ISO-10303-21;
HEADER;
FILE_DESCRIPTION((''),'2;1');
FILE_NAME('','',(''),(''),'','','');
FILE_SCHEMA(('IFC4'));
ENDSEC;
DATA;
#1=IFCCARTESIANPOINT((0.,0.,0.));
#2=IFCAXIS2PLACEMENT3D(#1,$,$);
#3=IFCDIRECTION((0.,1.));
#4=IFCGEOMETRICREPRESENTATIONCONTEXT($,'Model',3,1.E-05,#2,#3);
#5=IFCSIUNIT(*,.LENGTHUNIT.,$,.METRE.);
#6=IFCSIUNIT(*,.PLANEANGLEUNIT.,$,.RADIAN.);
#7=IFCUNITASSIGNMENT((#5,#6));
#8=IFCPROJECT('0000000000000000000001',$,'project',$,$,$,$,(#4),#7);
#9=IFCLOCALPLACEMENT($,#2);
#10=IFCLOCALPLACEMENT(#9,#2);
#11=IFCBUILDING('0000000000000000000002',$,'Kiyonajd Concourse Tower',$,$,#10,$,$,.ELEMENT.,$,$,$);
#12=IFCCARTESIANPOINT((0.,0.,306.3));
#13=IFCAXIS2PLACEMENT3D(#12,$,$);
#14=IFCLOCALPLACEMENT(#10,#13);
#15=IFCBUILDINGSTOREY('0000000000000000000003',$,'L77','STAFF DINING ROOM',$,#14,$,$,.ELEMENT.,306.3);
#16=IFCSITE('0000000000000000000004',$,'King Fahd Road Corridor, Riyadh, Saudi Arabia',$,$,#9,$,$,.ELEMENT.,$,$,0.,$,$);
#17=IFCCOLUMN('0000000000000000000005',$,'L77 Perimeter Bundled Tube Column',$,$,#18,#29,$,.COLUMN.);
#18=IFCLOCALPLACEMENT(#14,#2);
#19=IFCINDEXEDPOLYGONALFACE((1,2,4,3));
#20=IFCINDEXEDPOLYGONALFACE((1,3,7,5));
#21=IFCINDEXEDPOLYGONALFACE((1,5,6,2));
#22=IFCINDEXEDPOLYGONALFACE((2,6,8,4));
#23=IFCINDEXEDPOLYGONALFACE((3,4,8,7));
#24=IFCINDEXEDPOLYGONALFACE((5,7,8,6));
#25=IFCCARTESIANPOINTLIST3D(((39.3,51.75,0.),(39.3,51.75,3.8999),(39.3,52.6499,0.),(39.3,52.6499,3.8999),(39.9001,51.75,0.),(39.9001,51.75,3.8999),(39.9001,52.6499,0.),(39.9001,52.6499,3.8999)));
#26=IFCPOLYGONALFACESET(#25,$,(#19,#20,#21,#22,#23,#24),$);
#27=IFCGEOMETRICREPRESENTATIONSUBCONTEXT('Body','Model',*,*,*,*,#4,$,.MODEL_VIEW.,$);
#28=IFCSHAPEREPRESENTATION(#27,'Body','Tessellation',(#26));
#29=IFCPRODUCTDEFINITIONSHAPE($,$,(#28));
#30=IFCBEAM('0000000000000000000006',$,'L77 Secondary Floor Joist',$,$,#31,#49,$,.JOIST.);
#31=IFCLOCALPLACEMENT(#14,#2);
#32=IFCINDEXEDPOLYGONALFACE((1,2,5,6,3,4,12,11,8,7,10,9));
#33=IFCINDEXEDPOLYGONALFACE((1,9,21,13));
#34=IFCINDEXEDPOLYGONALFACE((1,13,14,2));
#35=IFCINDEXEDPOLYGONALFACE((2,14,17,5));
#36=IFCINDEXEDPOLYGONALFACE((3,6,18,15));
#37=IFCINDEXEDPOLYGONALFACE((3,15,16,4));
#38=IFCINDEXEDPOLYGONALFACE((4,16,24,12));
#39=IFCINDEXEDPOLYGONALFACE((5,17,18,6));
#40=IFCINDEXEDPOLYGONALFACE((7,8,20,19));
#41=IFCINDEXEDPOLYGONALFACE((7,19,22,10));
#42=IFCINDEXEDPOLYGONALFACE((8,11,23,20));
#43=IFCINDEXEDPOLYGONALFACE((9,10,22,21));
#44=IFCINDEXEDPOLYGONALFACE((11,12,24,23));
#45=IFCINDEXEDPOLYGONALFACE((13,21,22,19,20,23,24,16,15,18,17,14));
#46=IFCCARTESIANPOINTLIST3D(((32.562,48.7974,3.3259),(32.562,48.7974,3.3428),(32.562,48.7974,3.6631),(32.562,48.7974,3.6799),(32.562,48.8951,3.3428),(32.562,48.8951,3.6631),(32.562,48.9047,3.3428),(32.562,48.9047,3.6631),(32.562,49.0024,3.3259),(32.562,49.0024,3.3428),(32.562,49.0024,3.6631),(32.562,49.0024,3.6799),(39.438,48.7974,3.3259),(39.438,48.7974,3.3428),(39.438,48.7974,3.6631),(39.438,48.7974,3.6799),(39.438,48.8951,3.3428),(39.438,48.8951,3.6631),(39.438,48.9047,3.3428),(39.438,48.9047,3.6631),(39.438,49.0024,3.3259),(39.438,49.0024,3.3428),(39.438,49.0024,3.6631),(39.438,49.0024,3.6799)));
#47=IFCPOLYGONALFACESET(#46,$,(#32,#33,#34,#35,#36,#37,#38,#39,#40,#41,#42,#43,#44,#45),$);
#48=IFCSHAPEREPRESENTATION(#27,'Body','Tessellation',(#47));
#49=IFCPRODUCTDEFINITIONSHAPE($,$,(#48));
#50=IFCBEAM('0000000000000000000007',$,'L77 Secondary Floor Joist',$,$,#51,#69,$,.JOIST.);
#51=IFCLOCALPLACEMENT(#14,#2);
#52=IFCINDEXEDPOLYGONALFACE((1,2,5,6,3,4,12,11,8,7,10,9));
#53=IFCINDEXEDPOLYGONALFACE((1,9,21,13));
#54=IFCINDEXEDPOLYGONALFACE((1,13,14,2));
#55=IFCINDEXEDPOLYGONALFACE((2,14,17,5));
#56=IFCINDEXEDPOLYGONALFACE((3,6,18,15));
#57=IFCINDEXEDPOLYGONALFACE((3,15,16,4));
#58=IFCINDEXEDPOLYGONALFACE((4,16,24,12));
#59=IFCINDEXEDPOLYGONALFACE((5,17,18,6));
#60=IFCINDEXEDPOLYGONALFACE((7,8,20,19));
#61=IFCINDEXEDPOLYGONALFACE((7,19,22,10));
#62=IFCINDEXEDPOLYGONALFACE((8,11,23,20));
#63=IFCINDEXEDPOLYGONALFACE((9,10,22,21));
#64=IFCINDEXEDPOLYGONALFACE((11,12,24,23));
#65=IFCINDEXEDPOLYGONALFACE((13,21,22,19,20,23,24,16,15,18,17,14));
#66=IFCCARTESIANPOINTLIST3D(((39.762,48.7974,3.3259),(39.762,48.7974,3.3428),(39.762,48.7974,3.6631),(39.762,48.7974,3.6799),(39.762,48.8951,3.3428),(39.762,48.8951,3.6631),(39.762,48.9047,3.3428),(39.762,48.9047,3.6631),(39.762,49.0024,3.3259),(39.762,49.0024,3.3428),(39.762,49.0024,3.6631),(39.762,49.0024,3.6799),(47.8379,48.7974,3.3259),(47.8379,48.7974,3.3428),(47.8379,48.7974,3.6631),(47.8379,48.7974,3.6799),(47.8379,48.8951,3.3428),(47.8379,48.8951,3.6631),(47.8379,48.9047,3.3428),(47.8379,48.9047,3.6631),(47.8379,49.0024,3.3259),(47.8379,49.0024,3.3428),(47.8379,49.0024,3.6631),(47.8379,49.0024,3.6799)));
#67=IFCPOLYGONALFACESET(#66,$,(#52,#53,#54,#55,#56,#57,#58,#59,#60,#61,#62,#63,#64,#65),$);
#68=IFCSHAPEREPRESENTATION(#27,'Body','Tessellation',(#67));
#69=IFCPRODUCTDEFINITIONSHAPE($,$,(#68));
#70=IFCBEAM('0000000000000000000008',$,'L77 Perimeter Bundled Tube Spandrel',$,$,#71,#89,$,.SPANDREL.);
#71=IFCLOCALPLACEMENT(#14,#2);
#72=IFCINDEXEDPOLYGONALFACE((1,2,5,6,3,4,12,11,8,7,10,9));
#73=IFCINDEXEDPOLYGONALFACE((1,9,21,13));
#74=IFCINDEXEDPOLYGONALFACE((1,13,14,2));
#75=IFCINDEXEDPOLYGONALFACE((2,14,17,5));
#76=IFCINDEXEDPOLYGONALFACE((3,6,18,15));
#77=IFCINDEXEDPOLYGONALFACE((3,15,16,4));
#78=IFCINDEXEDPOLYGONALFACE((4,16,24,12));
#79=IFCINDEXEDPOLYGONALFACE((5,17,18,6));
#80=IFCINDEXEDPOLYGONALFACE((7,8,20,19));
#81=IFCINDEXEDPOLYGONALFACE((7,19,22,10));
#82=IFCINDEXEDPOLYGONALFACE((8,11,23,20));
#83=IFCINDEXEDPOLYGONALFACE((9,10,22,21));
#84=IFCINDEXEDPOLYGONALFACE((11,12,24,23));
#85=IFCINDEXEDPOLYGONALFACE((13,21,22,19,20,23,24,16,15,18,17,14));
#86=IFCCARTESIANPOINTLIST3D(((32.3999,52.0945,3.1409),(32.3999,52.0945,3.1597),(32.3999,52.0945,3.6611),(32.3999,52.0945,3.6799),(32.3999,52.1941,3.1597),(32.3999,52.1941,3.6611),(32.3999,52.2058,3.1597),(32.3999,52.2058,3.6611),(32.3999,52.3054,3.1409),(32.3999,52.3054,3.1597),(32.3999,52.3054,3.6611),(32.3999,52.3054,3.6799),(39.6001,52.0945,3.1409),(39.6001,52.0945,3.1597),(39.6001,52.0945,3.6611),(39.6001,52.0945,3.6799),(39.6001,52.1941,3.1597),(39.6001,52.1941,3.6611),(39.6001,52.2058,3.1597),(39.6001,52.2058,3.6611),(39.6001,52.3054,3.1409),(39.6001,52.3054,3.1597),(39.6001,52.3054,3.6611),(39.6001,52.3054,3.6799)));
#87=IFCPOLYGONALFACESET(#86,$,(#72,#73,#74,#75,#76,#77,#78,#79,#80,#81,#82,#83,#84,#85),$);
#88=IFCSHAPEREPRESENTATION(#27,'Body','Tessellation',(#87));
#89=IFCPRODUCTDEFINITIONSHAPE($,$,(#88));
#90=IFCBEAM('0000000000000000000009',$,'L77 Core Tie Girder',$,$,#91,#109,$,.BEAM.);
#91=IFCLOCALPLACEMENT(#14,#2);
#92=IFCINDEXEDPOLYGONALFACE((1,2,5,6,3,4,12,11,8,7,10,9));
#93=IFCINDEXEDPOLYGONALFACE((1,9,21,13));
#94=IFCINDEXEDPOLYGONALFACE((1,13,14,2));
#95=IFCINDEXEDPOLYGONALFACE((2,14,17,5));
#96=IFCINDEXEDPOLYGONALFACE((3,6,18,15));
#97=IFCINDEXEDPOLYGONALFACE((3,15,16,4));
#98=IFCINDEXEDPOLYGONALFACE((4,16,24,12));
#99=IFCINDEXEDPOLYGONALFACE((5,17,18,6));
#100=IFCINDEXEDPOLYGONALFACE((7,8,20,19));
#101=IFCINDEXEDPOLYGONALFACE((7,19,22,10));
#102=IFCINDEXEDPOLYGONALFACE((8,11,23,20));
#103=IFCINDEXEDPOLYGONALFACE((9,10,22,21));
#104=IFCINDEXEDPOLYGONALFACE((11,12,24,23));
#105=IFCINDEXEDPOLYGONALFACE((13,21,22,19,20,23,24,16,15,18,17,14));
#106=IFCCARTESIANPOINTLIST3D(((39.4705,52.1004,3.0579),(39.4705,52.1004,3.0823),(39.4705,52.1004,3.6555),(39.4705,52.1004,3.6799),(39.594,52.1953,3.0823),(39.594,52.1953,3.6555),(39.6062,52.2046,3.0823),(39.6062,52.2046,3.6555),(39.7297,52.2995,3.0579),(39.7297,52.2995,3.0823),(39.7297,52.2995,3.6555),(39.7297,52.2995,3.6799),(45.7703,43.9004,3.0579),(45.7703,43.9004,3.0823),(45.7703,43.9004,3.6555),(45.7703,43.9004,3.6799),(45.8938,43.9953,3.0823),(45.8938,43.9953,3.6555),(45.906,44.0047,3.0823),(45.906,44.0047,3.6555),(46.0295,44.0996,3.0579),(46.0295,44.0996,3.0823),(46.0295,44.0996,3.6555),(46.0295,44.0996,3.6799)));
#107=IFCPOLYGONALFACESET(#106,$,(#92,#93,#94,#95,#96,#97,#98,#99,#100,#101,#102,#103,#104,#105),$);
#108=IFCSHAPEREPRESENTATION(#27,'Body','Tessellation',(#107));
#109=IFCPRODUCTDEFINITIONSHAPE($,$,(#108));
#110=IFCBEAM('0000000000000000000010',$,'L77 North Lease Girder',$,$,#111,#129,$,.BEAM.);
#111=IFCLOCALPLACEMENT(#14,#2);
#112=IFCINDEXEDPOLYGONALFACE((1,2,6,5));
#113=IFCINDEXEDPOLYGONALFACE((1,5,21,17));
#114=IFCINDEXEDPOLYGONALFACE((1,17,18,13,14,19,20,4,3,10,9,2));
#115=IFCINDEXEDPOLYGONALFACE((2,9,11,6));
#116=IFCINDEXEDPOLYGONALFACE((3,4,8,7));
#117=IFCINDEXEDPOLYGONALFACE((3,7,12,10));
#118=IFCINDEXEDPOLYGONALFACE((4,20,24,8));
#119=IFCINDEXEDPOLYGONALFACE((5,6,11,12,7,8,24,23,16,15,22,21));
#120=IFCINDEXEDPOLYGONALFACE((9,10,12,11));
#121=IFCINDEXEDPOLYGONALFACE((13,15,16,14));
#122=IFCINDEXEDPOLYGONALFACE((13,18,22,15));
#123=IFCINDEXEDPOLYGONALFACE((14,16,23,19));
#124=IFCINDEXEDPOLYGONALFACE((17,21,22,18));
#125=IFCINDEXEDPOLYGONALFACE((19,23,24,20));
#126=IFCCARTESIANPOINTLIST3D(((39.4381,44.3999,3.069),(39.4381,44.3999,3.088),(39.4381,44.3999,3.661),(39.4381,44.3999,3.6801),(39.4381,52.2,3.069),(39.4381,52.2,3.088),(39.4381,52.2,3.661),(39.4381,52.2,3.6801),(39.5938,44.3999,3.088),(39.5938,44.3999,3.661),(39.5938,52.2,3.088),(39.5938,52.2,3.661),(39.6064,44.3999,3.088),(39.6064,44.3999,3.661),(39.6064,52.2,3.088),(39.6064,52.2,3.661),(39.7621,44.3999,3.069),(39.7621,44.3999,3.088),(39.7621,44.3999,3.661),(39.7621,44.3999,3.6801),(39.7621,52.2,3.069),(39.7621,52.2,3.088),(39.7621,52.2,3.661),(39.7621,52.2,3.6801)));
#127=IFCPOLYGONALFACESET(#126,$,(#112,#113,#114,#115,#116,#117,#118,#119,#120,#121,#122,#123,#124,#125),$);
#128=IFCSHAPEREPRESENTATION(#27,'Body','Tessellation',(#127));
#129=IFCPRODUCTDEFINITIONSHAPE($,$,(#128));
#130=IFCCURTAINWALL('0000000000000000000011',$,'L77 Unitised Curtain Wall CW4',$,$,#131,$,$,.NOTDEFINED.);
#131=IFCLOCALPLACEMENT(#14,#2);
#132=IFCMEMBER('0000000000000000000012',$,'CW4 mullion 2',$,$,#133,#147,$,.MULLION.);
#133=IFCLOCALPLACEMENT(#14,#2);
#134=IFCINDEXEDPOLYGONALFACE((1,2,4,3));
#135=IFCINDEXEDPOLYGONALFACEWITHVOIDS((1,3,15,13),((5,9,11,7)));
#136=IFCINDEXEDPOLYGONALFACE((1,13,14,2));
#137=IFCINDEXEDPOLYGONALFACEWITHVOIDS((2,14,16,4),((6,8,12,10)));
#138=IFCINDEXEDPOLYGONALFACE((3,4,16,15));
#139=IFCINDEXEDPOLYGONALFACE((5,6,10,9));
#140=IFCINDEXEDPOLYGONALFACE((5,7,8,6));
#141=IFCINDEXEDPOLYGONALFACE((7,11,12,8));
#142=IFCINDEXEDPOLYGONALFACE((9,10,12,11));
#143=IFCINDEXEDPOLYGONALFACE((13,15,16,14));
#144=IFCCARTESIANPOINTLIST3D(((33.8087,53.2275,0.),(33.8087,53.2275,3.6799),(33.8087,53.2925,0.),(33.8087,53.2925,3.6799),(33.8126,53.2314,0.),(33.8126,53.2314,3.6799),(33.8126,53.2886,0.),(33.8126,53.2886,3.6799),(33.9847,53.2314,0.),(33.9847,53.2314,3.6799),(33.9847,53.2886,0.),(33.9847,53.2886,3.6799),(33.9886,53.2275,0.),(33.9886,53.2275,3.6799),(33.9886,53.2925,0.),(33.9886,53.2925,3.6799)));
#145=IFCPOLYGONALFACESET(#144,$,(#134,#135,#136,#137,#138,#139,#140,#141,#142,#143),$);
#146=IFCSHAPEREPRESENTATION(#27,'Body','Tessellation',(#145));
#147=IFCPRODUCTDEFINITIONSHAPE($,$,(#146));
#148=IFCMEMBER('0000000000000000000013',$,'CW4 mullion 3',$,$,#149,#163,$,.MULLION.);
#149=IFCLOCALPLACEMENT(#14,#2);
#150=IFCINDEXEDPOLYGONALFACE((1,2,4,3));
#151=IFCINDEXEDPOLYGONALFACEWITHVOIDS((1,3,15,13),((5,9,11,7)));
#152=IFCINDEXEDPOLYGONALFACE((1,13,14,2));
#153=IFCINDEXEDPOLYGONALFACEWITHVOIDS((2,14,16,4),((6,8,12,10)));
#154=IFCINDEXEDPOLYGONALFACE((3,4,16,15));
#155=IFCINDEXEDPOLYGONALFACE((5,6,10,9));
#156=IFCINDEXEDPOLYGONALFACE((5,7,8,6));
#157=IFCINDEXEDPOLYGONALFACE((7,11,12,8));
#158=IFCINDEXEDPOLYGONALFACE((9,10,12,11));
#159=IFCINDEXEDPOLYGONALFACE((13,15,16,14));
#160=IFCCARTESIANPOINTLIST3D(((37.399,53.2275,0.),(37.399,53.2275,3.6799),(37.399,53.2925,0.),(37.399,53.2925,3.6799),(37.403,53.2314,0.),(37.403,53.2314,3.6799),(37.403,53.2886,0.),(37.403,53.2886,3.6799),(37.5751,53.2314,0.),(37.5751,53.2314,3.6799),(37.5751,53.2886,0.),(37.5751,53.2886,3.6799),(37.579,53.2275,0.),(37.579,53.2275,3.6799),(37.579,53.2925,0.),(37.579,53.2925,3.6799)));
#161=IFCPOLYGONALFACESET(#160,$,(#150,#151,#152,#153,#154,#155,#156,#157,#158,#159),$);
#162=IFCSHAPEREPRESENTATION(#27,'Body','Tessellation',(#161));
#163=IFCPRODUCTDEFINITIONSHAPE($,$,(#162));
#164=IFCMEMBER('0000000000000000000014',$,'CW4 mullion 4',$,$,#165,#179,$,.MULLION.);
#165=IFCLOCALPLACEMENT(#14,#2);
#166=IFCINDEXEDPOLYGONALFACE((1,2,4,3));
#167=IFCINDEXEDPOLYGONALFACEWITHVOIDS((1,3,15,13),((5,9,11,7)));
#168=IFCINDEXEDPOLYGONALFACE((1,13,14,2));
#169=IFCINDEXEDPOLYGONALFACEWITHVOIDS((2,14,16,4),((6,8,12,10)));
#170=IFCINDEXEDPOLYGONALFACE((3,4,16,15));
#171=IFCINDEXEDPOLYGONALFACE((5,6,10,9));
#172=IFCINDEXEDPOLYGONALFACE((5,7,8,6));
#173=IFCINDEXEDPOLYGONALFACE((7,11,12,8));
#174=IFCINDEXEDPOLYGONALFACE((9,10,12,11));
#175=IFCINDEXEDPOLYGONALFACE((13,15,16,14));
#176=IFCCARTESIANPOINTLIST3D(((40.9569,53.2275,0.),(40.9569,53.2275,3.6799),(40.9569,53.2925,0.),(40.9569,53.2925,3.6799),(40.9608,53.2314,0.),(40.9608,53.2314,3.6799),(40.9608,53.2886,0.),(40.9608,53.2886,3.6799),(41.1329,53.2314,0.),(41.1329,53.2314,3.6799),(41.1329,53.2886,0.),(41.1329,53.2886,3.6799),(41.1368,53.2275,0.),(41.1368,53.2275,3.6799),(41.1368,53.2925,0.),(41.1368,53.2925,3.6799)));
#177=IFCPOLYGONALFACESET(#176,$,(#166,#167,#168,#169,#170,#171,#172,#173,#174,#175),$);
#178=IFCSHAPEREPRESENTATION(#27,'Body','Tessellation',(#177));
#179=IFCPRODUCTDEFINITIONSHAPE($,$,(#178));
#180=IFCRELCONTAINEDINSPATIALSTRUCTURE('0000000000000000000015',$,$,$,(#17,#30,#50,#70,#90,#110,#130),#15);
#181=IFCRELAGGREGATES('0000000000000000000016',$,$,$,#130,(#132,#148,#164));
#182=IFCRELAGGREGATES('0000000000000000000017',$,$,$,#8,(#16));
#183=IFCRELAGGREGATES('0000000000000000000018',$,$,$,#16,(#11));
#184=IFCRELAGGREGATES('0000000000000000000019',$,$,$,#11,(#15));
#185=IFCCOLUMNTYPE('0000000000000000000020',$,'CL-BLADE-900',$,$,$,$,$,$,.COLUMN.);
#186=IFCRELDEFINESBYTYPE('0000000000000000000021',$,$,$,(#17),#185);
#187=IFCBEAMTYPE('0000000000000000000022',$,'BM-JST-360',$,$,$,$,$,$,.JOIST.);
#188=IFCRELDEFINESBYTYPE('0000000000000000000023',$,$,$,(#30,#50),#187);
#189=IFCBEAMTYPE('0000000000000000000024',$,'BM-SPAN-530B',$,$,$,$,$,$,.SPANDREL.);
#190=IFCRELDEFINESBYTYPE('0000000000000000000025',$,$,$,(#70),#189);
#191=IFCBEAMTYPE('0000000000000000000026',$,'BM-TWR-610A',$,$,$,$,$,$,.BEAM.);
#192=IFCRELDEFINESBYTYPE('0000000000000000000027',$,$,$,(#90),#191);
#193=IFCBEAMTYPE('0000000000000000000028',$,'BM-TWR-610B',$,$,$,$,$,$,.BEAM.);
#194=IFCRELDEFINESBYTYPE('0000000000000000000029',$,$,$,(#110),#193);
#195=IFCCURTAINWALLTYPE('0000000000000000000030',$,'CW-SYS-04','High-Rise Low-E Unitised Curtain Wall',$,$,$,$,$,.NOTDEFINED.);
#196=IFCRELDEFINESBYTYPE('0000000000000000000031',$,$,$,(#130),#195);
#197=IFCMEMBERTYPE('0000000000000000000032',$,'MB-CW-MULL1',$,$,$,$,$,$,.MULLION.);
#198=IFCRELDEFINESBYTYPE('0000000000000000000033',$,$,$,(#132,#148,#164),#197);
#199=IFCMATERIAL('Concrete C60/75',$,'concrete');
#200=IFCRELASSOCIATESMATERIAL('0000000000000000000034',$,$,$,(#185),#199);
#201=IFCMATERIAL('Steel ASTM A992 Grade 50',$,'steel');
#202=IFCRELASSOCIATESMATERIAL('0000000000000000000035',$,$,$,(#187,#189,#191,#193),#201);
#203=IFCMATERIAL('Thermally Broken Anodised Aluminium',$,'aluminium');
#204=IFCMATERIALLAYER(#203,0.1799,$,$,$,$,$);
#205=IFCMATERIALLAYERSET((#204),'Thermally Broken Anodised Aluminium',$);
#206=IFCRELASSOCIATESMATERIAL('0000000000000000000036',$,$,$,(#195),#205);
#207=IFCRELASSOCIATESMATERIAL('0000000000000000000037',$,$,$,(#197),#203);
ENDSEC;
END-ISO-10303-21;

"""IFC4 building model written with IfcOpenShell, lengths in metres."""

from ifc_helpers import new_model, si_unit, direction, frame, origin, origin_2d, place, context, subcontext, project, spatial, rectangle, hollow_rectangle, i_section, extrude, material, layer, layer_set, material_profile, profile_set, type_object, element, aggregate, save


model = new_model("IFC4")

# Units and contexts
model_context = context("Model", 3, precision=1e-05, world=origin(), true_north=direction((0.0, 1.0)))
body_context = subcontext(model_context, "Body", "Model", "MODEL_VIEW")
ifc_project = project(units=[si_unit("LENGTHUNIT", "METRE"), si_unit("PLANEANGLEUNIT", "RADIAN")], contexts=[model_context])

# Site, building, storey
site_placement = place(None, origin())
site = spatial("IfcSite", under=ifc_project, at=site_placement, Name="King Fahd Road Corridor, Riyadh, Saudi Arabia", CompositionType="ELEMENT", RefElevation=0.0)
building_placement = place(site_placement, origin())
building = spatial("IfcBuilding", under=site, at=building_placement, Name="Kiyonajd Concourse Tower", CompositionType="ELEMENT")
storey_placement = place(building_placement, frame((0.0, 0.0, 306.3)))
storey = spatial("IfcBuildingStorey", under=building, at=storey_placement, Name="L77", Description="STAFF DINING ROOM", CompositionType="ELEMENT", Elevation=306.3)

# Column
ifc_material_1 = material(Name="Concrete C60/75", Category="concrete")
ifc_material_profile_1 = material_profile(ifc_material_1, rectangle(XDim=0.6001, YDim=0.8999, at=origin_2d()), Name="RC-900x600")
ifc_profile_set_1 = profile_set([ifc_material_profile_1], Name="Concrete C60/75")
column_type = type_object("IfcColumnType", Name="CL-BLADE-900", PredefinedType="COLUMN", material=ifc_profile_set_1)
column_placement = place(storey_placement, frame((39.6001, 52.2, 0.0), z_axis=(0.0, 0.0, 1.0), x_axis=(1.0, 0.0, 0.0)))
element("IfcColumn", 1, at=column_placement, inside=storey, type_object=column_type, Name="L77 Perimeter Bundled Tube Column", PredefinedType="COLUMN", context=body_context, shape_type="SweptSolid", body=[
    extrude(rectangle(XDim=0.6001, YDim=0.8999, at=origin_2d()), origin(), (0.0, 0.0, 1.0), 3.8999),
])

# Beams
ifc_material_2 = material(Name="Steel ASTM A992 Grade 50", Category="steel")
ifc_material_profile_2 = material_profile(ifc_material_2, i_section(OverallWidth=0.2051, OverallDepth=0.354, WebThickness=0.0095, FlangeThickness=0.0168, at=origin_2d()), Name="W360X79")
ifc_profile_set_2 = profile_set([ifc_material_profile_2], Name="Steel ASTM A992 Grade 50")
beam_type_1 = type_object("IfcBeamType", Name="BM-JST-360", PredefinedType="JOIST", material=ifc_profile_set_2)
beam_1_placement = place(storey_placement, frame((32.562, 48.8999, 3.5029), z_axis=(1.0, 0.0, 0.0), x_axis=(0.0, 1.0, 0.0)))
element("IfcBeam", 2, at=beam_1_placement, inside=storey, type_object=beam_type_1, Name="L77 Secondary Floor Joist", PredefinedType="JOIST", context=body_context, shape_type="SweptSolid", body=[
    extrude(i_section(OverallWidth=0.2051, OverallDepth=0.354, WebThickness=0.0095, FlangeThickness=0.0168, at=origin_2d()), origin(), (0.0, 0.0, 1.0), 6.876),
])
beam_2_placement = place(storey_placement, frame((39.762, 48.8999, 3.5029), z_axis=(1.0, 0.0, 0.0), x_axis=(0.0, 1.0, 0.0)))
element("IfcBeam", 3, at=beam_2_placement, inside=storey, type_object=beam_type_1, Name="L77 Secondary Floor Joist", PredefinedType="JOIST", context=body_context, shape_type="SweptSolid", body=[
    extrude(i_section(OverallWidth=0.2051, OverallDepth=0.354, WebThickness=0.0095, FlangeThickness=0.0168, at=origin_2d()), origin(), (0.0, 0.0, 1.0), 8.0759),
])
ifc_material_profile_3 = material_profile(ifc_material_2, i_section(OverallWidth=0.2109, OverallDepth=0.5391, WebThickness=0.0117, FlangeThickness=0.0188, at=origin_2d()), Name="W530X109")
ifc_profile_set_3 = profile_set([ifc_material_profile_3], Name="Steel ASTM A992 Grade 50")
beam_type_2 = type_object("IfcBeamType", Name="BM-SPAN-530B", PredefinedType="SPANDREL", material=ifc_profile_set_3)
beam_3_placement = place(storey_placement, frame((39.6001, 52.2, 3.4104), z_axis=(-1.0, 0.0, 0.0), x_axis=(0.0, -1.0, 0.0)))
element("IfcBeam", 4, at=beam_3_placement, inside=storey, type_object=beam_type_2, Name="L77 Perimeter Bundled Tube Spandrel", PredefinedType="SPANDREL", context=body_context, shape_type="SweptSolid", body=[
    extrude(i_section(OverallWidth=0.2109, OverallDepth=0.5391, WebThickness=0.0117, FlangeThickness=0.0188, at=origin_2d()), origin(), (0.0, 0.0, 1.0), 7.2002),
])
ifc_material_profile_4 = material_profile(ifc_material_2, i_section(OverallWidth=0.3269, OverallDepth=0.6221, WebThickness=0.0154, FlangeThickness=0.0244, at=origin_2d()), Name="W610X195")
ifc_profile_set_4 = profile_set([ifc_material_profile_4], Name="Steel ASTM A992 Grade 50")
beam_type_3 = type_object("IfcBeamType", Name="BM-TWR-610A", PredefinedType="BEAM", material=ifc_profile_set_4)
beam_4_placement = place(storey_placement, frame((39.6001, 52.2, 3.3689), z_axis=(0.609234, -0.792991, 0.0), x_axis=(0.792991, 0.609234, 0.0)))
element("IfcBeam", 5, at=beam_4_placement, inside=storey, type_object=beam_type_3, Name="L77 Core Tie Girder", PredefinedType="BEAM", context=body_context, shape_type="SweptSolid", body=[
    extrude(i_section(OverallWidth=0.3269, OverallDepth=0.6221, WebThickness=0.0154, FlangeThickness=0.0244, at=origin_2d()), origin(), (0.0, 0.0, 1.0), 10.3406),
])
ifc_material_profile_5 = material_profile(ifc_material_2, i_section(OverallWidth=0.324, OverallDepth=0.6111, WebThickness=0.0127, FlangeThickness=0.019, at=origin_2d()), Name="W610X155")
ifc_profile_set_5 = profile_set([ifc_material_profile_5], Name="Steel ASTM A992 Grade 50")
beam_type_4 = type_object("IfcBeamType", Name="BM-TWR-610B", PredefinedType="BEAM", material=ifc_profile_set_5)
beam_5_placement = place(storey_placement, frame((39.6001, 44.3999, 3.3745), z_axis=(0.0, 1.0, 0.0), x_axis=(-1.0, 0.0, 0.0)))
element("IfcBeam", 6, at=beam_5_placement, inside=storey, type_object=beam_type_4, Name="L77 North Lease Girder", PredefinedType="BEAM", context=body_context, shape_type="SweptSolid", body=[
    extrude(i_section(OverallWidth=0.324, OverallDepth=0.6111, WebThickness=0.0127, FlangeThickness=0.019, at=origin_2d()), origin(), (0.0, 0.0, 1.0), 7.8),
])

# Curtain wall, members
ifc_material_3 = material(Name="Thermally Broken Anodised Aluminium", Category="aluminium")
ifc_layer_1 = layer(ifc_material_3, 0.1799)
ifc_layer_set_1 = layer_set([ifc_layer_1], Name="Thermally Broken Anodised Aluminium")
curtain_wall_type = type_object("IfcCurtainWallType", Name="CW-SYS-04", Description="High-Rise Low-E Unitised Curtain Wall", PredefinedType="NOTDEFINED", material=ifc_layer_set_1)
curtain_wall_placement = place(storey_placement, origin())
curtain_wall = element("IfcCurtainWall", 7, at=curtain_wall_placement, inside=storey, type_object=curtain_wall_type, Name="L77 Unitised Curtain Wall CW4", PredefinedType="NOTDEFINED")
ifc_material_profile_6 = material_profile(ifc_material_3, hollow_rectangle(XDim=0.0649, YDim=0.1799, WallThickness=0.0039, at=origin_2d()), Name="MULL-65x180")
ifc_profile_set_6 = profile_set([ifc_material_profile_6], Name="Thermally Broken Anodised Aluminium")
member_type_1 = type_object("IfcMemberType", Name="MB-CW-MULL1", PredefinedType="MULLION", material=ifc_profile_set_6)
member_1_placement = place(storey_placement, frame((33.8987, 53.26, 0.0), z_axis=(0.0, 0.0, 1.0), x_axis=(0.0, 1.0, 0.0)))
member_1 = element("IfcMember", 8, at=member_1_placement, type_object=member_type_1, Name="CW4 mullion 2", PredefinedType="MULLION", context=body_context, shape_type="SweptSolid", body=[
    extrude(hollow_rectangle(XDim=0.0649, YDim=0.1799, WallThickness=0.0039, at=origin_2d()), origin(), (0.0, 0.0, 1.0), 3.6799),
])
member_2_placement = place(storey_placement, frame((37.489, 53.26, 0.0), z_axis=(0.0, 0.0, 1.0), x_axis=(0.0, 1.0, 0.0)))
member_2 = element("IfcMember", 9, at=member_2_placement, type_object=member_type_1, Name="CW4 mullion 3", PredefinedType="MULLION", context=body_context, shape_type="SweptSolid", body=[
    extrude(hollow_rectangle(XDim=0.0649, YDim=0.1799, WallThickness=0.0039, at=origin_2d()), origin(), (0.0, 0.0, 1.0), 3.6799),
])
member_3_placement = place(storey_placement, frame((41.0469, 53.26, 0.0), z_axis=(0.0, 0.0, 1.0), x_axis=(0.0, 1.0, 0.0)))
member_3 = element("IfcMember", 10, at=member_3_placement, type_object=member_type_1, Name="CW4 mullion 4", PredefinedType="MULLION", context=body_context, shape_type="SweptSolid", body=[
    extrude(hollow_rectangle(XDim=0.0649, YDim=0.1799, WallThickness=0.0039, at=origin_2d()), origin(), (0.0, 0.0, 1.0), 3.6799),
])

aggregate(curtain_wall, [member_1, member_2, member_3])

save(model, "model.ifc")
